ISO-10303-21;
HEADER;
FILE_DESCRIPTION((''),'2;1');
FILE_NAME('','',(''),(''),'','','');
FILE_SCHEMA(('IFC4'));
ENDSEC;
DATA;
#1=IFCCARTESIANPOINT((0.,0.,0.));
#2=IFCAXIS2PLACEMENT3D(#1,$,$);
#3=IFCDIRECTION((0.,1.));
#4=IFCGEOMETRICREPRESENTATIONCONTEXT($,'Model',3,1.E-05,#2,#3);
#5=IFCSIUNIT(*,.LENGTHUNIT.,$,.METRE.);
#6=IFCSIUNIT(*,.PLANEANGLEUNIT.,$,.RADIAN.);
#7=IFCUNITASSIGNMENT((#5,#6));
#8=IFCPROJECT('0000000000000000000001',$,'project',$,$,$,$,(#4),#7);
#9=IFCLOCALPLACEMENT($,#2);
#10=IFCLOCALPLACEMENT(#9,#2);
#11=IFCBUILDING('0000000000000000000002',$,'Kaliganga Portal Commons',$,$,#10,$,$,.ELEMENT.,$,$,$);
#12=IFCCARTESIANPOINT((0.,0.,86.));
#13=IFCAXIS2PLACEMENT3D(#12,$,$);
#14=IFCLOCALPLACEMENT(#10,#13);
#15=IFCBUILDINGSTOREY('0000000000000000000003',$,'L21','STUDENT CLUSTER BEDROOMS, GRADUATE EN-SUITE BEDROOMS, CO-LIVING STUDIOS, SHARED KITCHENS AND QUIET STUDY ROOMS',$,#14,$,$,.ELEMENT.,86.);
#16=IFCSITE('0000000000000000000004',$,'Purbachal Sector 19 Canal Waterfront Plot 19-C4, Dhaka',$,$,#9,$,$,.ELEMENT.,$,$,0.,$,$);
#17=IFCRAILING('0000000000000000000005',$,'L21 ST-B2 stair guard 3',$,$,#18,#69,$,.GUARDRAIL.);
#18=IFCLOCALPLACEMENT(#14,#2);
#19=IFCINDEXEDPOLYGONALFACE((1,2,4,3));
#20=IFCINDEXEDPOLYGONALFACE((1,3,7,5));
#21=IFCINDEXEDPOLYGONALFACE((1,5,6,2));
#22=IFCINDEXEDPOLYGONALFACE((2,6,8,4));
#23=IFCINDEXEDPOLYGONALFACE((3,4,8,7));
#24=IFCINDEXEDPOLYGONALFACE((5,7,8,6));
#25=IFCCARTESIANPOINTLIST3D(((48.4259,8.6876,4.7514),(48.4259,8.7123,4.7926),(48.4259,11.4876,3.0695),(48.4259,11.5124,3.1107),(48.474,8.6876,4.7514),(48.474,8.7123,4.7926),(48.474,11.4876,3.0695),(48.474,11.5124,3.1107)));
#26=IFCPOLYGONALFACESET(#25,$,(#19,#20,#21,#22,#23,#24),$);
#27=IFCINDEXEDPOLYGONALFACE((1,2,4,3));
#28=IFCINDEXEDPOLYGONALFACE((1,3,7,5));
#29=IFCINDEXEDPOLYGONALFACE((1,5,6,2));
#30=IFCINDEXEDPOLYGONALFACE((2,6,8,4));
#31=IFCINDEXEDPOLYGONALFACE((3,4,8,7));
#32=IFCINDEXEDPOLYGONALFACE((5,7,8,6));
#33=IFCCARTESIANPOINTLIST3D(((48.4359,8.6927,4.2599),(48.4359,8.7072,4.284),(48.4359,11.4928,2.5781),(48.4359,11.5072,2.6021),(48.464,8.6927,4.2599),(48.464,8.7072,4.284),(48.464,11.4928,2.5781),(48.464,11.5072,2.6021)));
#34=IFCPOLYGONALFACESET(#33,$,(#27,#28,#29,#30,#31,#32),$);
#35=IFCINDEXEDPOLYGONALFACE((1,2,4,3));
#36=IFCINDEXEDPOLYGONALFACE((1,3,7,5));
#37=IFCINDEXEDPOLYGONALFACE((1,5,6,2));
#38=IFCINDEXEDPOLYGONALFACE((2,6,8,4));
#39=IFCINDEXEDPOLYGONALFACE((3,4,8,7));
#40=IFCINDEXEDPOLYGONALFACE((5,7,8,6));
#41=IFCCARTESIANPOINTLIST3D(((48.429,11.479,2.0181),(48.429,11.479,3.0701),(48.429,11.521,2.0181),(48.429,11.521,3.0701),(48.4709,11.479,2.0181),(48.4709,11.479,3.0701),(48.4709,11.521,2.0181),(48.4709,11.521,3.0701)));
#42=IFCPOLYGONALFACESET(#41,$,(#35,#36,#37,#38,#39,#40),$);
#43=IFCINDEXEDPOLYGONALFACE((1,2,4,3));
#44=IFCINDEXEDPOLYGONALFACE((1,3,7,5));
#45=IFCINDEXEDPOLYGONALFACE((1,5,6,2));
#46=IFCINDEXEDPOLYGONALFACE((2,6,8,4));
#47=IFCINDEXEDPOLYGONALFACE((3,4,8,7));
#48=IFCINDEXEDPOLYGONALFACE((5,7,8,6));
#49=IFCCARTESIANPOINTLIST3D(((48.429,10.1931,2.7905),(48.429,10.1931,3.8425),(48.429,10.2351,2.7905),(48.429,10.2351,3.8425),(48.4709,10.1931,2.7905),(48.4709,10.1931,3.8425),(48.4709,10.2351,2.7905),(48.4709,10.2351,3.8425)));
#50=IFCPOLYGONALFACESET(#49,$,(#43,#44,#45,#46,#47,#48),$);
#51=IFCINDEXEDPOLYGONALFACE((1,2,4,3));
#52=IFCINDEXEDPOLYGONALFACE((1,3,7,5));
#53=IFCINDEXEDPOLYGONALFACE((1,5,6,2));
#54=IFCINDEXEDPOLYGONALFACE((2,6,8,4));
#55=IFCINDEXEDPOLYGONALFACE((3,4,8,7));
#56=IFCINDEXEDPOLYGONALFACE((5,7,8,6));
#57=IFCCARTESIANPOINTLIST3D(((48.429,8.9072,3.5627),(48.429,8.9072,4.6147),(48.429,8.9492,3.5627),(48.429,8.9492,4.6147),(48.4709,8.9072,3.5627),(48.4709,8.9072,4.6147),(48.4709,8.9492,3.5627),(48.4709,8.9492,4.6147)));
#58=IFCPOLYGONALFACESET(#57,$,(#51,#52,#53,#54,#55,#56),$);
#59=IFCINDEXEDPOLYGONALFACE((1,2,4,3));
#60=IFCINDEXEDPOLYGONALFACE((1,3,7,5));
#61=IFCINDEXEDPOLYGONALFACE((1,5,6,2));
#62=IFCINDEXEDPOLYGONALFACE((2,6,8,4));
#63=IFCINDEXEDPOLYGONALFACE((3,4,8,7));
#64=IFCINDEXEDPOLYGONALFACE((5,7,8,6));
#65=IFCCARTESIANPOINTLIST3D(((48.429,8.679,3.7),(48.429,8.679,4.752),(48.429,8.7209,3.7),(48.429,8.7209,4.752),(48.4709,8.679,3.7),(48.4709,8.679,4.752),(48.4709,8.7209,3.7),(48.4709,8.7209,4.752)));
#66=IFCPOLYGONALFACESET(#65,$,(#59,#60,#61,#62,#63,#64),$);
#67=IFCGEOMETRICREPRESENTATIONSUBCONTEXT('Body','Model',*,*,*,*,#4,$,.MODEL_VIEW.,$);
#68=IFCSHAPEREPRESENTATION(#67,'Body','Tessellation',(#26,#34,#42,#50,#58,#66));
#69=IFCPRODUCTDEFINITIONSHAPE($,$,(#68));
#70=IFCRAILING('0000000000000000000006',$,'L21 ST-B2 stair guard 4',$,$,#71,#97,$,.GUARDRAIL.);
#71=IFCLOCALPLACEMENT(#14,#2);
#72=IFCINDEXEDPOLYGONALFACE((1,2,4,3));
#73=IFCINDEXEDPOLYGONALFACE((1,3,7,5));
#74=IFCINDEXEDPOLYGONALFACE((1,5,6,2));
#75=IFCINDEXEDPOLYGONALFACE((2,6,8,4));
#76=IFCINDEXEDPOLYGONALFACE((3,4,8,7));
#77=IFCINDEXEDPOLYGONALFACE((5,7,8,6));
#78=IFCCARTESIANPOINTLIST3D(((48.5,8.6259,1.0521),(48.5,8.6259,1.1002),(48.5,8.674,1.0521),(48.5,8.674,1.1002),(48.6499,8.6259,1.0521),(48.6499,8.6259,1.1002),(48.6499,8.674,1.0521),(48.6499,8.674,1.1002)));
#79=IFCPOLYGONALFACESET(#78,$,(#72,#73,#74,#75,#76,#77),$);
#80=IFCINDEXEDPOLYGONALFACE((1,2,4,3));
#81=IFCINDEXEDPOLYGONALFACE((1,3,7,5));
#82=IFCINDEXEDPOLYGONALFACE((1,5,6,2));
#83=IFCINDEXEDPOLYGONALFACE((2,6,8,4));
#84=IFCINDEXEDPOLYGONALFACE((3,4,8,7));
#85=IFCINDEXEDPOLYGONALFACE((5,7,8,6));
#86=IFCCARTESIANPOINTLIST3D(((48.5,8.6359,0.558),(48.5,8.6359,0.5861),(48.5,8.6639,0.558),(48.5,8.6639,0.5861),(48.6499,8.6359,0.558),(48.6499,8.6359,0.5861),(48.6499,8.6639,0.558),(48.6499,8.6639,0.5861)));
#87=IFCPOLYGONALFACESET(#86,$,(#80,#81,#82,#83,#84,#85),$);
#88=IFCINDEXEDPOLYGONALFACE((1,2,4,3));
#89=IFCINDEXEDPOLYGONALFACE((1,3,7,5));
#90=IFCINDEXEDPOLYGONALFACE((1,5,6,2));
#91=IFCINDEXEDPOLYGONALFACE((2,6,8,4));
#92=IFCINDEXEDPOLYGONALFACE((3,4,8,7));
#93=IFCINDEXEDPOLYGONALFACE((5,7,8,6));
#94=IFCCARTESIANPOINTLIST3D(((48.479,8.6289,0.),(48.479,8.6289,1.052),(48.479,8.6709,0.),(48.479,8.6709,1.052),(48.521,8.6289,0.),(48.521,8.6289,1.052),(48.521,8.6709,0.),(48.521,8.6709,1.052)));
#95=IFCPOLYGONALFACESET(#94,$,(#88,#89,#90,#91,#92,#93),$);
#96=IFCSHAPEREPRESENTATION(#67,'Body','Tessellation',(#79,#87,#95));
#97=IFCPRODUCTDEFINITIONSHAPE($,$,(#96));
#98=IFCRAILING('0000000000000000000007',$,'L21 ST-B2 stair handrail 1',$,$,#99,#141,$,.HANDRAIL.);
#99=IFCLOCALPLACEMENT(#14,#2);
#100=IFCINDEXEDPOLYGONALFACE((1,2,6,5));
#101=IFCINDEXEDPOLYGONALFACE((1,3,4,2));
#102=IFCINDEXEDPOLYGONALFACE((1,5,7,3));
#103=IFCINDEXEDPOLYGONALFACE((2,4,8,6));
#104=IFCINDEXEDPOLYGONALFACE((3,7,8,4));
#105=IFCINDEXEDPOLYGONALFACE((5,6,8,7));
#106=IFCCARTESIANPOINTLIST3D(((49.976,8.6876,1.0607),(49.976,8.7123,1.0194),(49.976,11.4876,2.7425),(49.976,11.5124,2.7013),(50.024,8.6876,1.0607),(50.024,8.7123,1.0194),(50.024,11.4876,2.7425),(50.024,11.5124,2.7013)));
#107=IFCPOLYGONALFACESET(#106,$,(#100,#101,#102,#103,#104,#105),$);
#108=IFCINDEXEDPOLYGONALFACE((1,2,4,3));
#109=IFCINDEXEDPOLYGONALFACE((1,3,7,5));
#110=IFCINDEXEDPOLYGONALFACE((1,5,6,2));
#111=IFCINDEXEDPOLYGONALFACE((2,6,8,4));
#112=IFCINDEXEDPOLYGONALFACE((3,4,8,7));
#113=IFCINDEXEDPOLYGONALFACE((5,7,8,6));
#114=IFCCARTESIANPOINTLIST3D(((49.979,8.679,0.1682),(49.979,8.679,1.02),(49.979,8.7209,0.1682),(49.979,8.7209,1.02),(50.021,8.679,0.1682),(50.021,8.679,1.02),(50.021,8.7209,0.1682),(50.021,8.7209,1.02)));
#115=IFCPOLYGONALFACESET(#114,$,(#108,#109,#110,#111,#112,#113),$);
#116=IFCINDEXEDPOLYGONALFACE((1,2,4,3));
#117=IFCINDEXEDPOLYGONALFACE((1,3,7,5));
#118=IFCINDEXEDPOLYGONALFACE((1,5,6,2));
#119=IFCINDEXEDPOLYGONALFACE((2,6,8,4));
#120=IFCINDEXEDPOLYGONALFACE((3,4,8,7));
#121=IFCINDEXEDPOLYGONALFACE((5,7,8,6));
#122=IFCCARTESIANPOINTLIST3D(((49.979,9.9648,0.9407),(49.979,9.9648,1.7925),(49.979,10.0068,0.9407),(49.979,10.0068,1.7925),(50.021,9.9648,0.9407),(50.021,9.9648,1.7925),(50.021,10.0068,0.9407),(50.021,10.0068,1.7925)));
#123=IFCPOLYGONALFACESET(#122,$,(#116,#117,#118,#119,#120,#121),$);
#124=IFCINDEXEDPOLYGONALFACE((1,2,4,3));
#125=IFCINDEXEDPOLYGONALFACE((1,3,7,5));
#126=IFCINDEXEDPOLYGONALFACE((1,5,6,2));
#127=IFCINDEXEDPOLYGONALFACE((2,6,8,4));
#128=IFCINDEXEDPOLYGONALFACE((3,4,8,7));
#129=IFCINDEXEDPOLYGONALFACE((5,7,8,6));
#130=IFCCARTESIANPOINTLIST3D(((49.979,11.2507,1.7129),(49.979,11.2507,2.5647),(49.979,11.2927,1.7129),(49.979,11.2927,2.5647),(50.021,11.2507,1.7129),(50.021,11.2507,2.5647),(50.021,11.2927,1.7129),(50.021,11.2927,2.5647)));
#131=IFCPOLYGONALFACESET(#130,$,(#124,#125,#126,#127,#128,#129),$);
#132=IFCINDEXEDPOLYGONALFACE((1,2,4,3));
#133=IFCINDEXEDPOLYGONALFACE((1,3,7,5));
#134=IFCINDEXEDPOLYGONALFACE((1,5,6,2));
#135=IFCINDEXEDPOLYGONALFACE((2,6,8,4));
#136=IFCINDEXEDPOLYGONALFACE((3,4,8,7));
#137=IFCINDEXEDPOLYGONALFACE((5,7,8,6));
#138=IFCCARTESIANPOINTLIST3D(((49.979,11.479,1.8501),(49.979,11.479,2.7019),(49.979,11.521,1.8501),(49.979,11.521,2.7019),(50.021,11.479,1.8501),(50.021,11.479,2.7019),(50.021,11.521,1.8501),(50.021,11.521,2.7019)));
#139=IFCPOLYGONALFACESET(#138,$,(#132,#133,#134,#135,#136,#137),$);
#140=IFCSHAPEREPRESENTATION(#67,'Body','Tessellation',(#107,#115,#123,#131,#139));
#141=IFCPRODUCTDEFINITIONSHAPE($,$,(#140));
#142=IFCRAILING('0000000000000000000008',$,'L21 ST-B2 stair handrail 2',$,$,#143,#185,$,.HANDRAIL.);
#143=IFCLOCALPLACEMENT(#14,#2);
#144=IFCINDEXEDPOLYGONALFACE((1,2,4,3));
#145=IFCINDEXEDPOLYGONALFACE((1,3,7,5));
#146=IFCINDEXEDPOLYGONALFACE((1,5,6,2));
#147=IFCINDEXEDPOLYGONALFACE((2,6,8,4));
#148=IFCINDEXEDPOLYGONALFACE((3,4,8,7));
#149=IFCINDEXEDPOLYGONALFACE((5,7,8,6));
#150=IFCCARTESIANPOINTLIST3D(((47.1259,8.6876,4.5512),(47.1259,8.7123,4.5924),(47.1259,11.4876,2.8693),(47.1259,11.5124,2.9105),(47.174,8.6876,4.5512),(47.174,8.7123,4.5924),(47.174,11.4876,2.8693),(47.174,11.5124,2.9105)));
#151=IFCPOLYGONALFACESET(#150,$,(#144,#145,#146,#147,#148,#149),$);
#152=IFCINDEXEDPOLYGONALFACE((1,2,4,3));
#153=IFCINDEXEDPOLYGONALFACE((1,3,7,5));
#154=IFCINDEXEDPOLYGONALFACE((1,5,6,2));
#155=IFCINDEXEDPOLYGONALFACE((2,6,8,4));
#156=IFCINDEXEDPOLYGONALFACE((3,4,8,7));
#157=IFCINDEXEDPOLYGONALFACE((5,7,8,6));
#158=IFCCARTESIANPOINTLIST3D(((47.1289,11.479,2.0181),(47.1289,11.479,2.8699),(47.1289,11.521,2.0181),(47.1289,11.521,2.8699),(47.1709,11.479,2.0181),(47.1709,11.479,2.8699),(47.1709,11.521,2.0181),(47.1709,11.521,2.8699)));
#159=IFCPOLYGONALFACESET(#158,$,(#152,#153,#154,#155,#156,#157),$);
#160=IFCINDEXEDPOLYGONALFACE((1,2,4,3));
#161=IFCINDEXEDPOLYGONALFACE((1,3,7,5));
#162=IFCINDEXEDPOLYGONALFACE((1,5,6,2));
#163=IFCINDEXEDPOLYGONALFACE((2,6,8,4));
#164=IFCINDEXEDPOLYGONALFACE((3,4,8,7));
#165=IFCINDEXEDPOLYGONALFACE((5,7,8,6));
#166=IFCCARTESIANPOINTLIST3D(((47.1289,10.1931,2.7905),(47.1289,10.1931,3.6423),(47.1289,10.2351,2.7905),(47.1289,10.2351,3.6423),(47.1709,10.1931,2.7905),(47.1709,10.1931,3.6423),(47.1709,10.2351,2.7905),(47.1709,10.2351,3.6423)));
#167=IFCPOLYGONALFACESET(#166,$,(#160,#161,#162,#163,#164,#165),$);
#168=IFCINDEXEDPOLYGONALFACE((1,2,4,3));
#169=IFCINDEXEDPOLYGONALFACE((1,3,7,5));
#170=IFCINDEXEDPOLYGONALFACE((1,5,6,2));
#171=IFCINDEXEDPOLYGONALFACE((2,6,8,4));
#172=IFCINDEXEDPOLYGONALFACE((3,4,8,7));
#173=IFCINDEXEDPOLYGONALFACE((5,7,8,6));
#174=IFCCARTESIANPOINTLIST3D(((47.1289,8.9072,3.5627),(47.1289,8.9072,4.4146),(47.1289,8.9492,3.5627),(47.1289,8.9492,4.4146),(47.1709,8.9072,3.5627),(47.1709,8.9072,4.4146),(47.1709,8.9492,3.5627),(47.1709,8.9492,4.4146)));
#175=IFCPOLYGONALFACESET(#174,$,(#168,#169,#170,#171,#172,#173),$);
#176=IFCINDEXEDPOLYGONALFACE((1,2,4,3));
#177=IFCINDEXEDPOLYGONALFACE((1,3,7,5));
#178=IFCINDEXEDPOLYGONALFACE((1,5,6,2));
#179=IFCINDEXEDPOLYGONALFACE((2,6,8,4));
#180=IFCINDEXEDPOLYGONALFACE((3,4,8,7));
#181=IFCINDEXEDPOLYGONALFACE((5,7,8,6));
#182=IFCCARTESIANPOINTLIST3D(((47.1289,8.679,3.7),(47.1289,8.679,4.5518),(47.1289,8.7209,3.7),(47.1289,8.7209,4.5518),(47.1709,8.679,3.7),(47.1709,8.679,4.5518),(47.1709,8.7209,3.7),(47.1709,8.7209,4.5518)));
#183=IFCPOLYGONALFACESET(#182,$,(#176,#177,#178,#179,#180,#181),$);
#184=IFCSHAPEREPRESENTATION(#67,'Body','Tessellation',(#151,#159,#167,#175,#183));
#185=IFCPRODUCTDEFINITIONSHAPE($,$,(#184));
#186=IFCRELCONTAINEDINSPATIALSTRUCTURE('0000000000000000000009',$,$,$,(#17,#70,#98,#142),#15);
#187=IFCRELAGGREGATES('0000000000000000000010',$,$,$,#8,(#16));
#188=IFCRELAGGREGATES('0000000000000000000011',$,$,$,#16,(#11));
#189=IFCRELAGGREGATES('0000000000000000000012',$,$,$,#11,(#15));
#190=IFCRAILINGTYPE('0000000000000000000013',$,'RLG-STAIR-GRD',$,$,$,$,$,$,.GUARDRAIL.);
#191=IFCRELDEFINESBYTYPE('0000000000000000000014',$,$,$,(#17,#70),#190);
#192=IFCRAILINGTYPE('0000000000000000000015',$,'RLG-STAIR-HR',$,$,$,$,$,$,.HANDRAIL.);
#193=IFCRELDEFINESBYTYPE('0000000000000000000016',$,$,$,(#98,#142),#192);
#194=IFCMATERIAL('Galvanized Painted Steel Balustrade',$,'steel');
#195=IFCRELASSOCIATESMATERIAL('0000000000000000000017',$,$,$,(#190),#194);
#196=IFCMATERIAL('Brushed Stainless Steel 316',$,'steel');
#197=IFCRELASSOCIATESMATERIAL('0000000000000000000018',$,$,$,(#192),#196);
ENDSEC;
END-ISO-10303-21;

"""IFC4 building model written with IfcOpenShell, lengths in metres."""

from ifc_helpers import new_model, si_unit, direction, frame, origin, origin_2d, place, context, subcontext, project, spatial, rectangle, extrude, material, type_object, element, save


model = new_model("IFC4")

# Units and contexts
model_context = context("Model", 3, precision=1e-05, world=origin(), true_north=direction((0.0, 1.0)))
body_context = subcontext(model_context, "Body", "Model", "MODEL_VIEW")
ifc_project = project(units=[si_unit("LENGTHUNIT", "METRE"), si_unit("PLANEANGLEUNIT", "RADIAN")], contexts=[model_context])

# Site, building, storey
site_placement = place(None, origin())
site = spatial("IfcSite", under=ifc_project, at=site_placement, Name="Purbachal Sector 19 Canal Waterfront Plot 19-C4, Dhaka", CompositionType="ELEMENT", RefElevation=0.0)
building_placement = place(site_placement, origin())
building = spatial("IfcBuilding", under=site, at=building_placement, Name="Kaliganga Portal Commons", CompositionType="ELEMENT")
storey_placement = place(building_placement, frame((0.0, 0.0, 86.0)))
storey = spatial("IfcBuildingStorey", under=building, at=storey_placement, Name="L21", Description="STUDENT CLUSTER BEDROOMS, GRADUATE EN-SUITE BEDROOMS, CO-LIVING STUDIOS, SHARED KITCHENS AND QUIET STUDY ROOMS", CompositionType="ELEMENT", Elevation=86.0)

# Railings
ifc_material_1 = material(Name="Galvanized Painted Steel Balustrade", Category="steel")
railing_type_1 = type_object("IfcRailingType", Name="RLG-STAIR-GRD", PredefinedType="GUARDRAIL", material=ifc_material_1)
railing_1_placement = place(storey_placement, frame((48.45, 11.5, 2.0181)))
element("IfcRailing", 1, at=railing_1_placement, inside=storey, type_object=railing_type_1, Name="L21 ST-B2 stair guard 3", PredefinedType="GUARDRAIL", context=body_context, shape_type="SweptSolid", body=[
    extrude(rectangle(XDim=0.0481, YDim=0.0481, at=origin_2d()), frame((0.0, 0.0, 1.072), z_axis=(0.0, -0.857242, 0.514913), x_axis=(1.0, 0.0, 0.0)), (0.0, 0.0, 1.0), 3.2664),
    extrude(rectangle(XDim=0.0281, YDim=0.0281, at=origin_2d()), frame((0.0, 0.0, 0.572), z_axis=(0.0, -0.857242, 0.514913), x_axis=(1.0, 0.0, 0.0)), (0.0, 0.0, 1.0), 3.2664),
    extrude(rectangle(XDim=0.042, YDim=0.042, at=origin_2d()), origin(), (0.0, 0.0, 1.0), 1.052),
    extrude(rectangle(XDim=0.042, YDim=0.042, at=origin_2d()), frame((0.0, -1.2859, 0.7725)), (0.0, 0.0, 1.0), 1.052),
    extrude(rectangle(XDim=0.042, YDim=0.042, at=origin_2d()), frame((0.0, -2.5718, 1.5447)), (0.0, 0.0, 1.0), 1.052),
    extrude(rectangle(XDim=0.042, YDim=0.042, at=origin_2d()), frame((0.0, -2.8, 1.6819)), (0.0, 0.0, 1.0), 1.052),
])
railing_2_placement = place(storey_placement, frame((48.6499, 8.6499, 0.0)))
element("IfcRailing", 2, at=railing_2_placement, inside=storey, type_object=railing_type_1, Name="L21 ST-B2 stair guard 4", PredefinedType="GUARDRAIL", context=body_context, shape_type="SweptSolid", body=[
    extrude(rectangle(XDim=0.0481, YDim=0.0481, at=origin_2d()), frame((0.0, 0.0, 1.0762), z_axis=(-1.0, 0.0, 0.0), x_axis=(0.0, -1.0, 0.0)), (0.0, 0.0, 1.0), 0.1499),
    extrude(rectangle(XDim=0.0281, YDim=0.0281, at=origin_2d()), frame((0.0, 0.0, 0.572), z_axis=(-1.0, 0.0, 0.0), x_axis=(0.0, -1.0, 0.0)), (0.0, 0.0, 1.0), 0.1499),
    extrude(rectangle(XDim=0.042, YDim=0.042, at=origin_2d()), frame((-0.1499, 0.0, 0.0)), (0.0, 0.0, 1.0), 1.052),
])
ifc_material_2 = material(Name="Brushed Stainless Steel 316", Category="steel")
railing_type_2 = type_object("IfcRailingType", Name="RLG-STAIR-HR", PredefinedType="HANDRAIL", material=ifc_material_2)
railing_3_placement = place(storey_placement, frame((50.0, 8.7, 0.1682)))
element("IfcRailing", 3, at=railing_3_placement, inside=storey, type_object=railing_type_2, Name="L21 ST-B2 stair handrail 1", PredefinedType="HANDRAIL", context=body_context, shape_type="SweptSolid", body=[
    extrude(rectangle(XDim=0.0481, YDim=0.0481, at=origin_2d()), frame((0.0, 0.0, 0.8718), z_axis=(0.0, 0.857242, 0.514913), x_axis=(-1.0, 0.0, 0.0)), (0.0, 0.0, 1.0), 3.2664),
    extrude(rectangle(XDim=0.042, YDim=0.042, at=origin_2d()), origin(), (0.0, 0.0, 1.0), 0.8518),
    extrude(rectangle(XDim=0.042, YDim=0.042, at=origin_2d()), frame((0.0, 1.2859, 0.7725)), (0.0, 0.0, 1.0), 0.8518),
    extrude(rectangle(XDim=0.042, YDim=0.042, at=origin_2d()), frame((0.0, 2.5718, 1.5447)), (0.0, 0.0, 1.0), 0.8518),
    extrude(rectangle(XDim=0.042, YDim=0.042, at=origin_2d()), frame((0.0, 2.8, 1.6819)), (0.0, 0.0, 1.0), 0.8518),
])
railing_4_placement = place(storey_placement, frame((47.1499, 11.5, 2.0181)))
element("IfcRailing", 4, at=railing_4_placement, inside=storey, type_object=railing_type_2, Name="L21 ST-B2 stair handrail 2", PredefinedType="HANDRAIL", context=body_context, shape_type="SweptSolid", body=[
    extrude(rectangle(XDim=0.0481, YDim=0.0481, at=origin_2d()), frame((0.0, 0.0, 0.8718), z_axis=(0.0, -0.857242, 0.514913), x_axis=(1.0, 0.0, 0.0)), (0.0, 0.0, 1.0), 3.2664),
    extrude(rectangle(XDim=0.042, YDim=0.042, at=origin_2d()), origin(), (0.0, 0.0, 1.0), 0.8518),
    extrude(rectangle(XDim=0.042, YDim=0.042, at=origin_2d()), frame((0.0, -1.2859, 0.7725)), (0.0, 0.0, 1.0), 0.8518),
    extrude(rectangle(XDim=0.042, YDim=0.042, at=origin_2d()), frame((0.0, -2.5718, 1.5447)), (0.0, 0.0, 1.0), 0.8518),
    extrude(rectangle(XDim=0.042, YDim=0.042, at=origin_2d()), frame((0.0, -2.8, 1.6819)), (0.0, 0.0, 1.0), 0.8518),
])

save(model, "model.ifc")
